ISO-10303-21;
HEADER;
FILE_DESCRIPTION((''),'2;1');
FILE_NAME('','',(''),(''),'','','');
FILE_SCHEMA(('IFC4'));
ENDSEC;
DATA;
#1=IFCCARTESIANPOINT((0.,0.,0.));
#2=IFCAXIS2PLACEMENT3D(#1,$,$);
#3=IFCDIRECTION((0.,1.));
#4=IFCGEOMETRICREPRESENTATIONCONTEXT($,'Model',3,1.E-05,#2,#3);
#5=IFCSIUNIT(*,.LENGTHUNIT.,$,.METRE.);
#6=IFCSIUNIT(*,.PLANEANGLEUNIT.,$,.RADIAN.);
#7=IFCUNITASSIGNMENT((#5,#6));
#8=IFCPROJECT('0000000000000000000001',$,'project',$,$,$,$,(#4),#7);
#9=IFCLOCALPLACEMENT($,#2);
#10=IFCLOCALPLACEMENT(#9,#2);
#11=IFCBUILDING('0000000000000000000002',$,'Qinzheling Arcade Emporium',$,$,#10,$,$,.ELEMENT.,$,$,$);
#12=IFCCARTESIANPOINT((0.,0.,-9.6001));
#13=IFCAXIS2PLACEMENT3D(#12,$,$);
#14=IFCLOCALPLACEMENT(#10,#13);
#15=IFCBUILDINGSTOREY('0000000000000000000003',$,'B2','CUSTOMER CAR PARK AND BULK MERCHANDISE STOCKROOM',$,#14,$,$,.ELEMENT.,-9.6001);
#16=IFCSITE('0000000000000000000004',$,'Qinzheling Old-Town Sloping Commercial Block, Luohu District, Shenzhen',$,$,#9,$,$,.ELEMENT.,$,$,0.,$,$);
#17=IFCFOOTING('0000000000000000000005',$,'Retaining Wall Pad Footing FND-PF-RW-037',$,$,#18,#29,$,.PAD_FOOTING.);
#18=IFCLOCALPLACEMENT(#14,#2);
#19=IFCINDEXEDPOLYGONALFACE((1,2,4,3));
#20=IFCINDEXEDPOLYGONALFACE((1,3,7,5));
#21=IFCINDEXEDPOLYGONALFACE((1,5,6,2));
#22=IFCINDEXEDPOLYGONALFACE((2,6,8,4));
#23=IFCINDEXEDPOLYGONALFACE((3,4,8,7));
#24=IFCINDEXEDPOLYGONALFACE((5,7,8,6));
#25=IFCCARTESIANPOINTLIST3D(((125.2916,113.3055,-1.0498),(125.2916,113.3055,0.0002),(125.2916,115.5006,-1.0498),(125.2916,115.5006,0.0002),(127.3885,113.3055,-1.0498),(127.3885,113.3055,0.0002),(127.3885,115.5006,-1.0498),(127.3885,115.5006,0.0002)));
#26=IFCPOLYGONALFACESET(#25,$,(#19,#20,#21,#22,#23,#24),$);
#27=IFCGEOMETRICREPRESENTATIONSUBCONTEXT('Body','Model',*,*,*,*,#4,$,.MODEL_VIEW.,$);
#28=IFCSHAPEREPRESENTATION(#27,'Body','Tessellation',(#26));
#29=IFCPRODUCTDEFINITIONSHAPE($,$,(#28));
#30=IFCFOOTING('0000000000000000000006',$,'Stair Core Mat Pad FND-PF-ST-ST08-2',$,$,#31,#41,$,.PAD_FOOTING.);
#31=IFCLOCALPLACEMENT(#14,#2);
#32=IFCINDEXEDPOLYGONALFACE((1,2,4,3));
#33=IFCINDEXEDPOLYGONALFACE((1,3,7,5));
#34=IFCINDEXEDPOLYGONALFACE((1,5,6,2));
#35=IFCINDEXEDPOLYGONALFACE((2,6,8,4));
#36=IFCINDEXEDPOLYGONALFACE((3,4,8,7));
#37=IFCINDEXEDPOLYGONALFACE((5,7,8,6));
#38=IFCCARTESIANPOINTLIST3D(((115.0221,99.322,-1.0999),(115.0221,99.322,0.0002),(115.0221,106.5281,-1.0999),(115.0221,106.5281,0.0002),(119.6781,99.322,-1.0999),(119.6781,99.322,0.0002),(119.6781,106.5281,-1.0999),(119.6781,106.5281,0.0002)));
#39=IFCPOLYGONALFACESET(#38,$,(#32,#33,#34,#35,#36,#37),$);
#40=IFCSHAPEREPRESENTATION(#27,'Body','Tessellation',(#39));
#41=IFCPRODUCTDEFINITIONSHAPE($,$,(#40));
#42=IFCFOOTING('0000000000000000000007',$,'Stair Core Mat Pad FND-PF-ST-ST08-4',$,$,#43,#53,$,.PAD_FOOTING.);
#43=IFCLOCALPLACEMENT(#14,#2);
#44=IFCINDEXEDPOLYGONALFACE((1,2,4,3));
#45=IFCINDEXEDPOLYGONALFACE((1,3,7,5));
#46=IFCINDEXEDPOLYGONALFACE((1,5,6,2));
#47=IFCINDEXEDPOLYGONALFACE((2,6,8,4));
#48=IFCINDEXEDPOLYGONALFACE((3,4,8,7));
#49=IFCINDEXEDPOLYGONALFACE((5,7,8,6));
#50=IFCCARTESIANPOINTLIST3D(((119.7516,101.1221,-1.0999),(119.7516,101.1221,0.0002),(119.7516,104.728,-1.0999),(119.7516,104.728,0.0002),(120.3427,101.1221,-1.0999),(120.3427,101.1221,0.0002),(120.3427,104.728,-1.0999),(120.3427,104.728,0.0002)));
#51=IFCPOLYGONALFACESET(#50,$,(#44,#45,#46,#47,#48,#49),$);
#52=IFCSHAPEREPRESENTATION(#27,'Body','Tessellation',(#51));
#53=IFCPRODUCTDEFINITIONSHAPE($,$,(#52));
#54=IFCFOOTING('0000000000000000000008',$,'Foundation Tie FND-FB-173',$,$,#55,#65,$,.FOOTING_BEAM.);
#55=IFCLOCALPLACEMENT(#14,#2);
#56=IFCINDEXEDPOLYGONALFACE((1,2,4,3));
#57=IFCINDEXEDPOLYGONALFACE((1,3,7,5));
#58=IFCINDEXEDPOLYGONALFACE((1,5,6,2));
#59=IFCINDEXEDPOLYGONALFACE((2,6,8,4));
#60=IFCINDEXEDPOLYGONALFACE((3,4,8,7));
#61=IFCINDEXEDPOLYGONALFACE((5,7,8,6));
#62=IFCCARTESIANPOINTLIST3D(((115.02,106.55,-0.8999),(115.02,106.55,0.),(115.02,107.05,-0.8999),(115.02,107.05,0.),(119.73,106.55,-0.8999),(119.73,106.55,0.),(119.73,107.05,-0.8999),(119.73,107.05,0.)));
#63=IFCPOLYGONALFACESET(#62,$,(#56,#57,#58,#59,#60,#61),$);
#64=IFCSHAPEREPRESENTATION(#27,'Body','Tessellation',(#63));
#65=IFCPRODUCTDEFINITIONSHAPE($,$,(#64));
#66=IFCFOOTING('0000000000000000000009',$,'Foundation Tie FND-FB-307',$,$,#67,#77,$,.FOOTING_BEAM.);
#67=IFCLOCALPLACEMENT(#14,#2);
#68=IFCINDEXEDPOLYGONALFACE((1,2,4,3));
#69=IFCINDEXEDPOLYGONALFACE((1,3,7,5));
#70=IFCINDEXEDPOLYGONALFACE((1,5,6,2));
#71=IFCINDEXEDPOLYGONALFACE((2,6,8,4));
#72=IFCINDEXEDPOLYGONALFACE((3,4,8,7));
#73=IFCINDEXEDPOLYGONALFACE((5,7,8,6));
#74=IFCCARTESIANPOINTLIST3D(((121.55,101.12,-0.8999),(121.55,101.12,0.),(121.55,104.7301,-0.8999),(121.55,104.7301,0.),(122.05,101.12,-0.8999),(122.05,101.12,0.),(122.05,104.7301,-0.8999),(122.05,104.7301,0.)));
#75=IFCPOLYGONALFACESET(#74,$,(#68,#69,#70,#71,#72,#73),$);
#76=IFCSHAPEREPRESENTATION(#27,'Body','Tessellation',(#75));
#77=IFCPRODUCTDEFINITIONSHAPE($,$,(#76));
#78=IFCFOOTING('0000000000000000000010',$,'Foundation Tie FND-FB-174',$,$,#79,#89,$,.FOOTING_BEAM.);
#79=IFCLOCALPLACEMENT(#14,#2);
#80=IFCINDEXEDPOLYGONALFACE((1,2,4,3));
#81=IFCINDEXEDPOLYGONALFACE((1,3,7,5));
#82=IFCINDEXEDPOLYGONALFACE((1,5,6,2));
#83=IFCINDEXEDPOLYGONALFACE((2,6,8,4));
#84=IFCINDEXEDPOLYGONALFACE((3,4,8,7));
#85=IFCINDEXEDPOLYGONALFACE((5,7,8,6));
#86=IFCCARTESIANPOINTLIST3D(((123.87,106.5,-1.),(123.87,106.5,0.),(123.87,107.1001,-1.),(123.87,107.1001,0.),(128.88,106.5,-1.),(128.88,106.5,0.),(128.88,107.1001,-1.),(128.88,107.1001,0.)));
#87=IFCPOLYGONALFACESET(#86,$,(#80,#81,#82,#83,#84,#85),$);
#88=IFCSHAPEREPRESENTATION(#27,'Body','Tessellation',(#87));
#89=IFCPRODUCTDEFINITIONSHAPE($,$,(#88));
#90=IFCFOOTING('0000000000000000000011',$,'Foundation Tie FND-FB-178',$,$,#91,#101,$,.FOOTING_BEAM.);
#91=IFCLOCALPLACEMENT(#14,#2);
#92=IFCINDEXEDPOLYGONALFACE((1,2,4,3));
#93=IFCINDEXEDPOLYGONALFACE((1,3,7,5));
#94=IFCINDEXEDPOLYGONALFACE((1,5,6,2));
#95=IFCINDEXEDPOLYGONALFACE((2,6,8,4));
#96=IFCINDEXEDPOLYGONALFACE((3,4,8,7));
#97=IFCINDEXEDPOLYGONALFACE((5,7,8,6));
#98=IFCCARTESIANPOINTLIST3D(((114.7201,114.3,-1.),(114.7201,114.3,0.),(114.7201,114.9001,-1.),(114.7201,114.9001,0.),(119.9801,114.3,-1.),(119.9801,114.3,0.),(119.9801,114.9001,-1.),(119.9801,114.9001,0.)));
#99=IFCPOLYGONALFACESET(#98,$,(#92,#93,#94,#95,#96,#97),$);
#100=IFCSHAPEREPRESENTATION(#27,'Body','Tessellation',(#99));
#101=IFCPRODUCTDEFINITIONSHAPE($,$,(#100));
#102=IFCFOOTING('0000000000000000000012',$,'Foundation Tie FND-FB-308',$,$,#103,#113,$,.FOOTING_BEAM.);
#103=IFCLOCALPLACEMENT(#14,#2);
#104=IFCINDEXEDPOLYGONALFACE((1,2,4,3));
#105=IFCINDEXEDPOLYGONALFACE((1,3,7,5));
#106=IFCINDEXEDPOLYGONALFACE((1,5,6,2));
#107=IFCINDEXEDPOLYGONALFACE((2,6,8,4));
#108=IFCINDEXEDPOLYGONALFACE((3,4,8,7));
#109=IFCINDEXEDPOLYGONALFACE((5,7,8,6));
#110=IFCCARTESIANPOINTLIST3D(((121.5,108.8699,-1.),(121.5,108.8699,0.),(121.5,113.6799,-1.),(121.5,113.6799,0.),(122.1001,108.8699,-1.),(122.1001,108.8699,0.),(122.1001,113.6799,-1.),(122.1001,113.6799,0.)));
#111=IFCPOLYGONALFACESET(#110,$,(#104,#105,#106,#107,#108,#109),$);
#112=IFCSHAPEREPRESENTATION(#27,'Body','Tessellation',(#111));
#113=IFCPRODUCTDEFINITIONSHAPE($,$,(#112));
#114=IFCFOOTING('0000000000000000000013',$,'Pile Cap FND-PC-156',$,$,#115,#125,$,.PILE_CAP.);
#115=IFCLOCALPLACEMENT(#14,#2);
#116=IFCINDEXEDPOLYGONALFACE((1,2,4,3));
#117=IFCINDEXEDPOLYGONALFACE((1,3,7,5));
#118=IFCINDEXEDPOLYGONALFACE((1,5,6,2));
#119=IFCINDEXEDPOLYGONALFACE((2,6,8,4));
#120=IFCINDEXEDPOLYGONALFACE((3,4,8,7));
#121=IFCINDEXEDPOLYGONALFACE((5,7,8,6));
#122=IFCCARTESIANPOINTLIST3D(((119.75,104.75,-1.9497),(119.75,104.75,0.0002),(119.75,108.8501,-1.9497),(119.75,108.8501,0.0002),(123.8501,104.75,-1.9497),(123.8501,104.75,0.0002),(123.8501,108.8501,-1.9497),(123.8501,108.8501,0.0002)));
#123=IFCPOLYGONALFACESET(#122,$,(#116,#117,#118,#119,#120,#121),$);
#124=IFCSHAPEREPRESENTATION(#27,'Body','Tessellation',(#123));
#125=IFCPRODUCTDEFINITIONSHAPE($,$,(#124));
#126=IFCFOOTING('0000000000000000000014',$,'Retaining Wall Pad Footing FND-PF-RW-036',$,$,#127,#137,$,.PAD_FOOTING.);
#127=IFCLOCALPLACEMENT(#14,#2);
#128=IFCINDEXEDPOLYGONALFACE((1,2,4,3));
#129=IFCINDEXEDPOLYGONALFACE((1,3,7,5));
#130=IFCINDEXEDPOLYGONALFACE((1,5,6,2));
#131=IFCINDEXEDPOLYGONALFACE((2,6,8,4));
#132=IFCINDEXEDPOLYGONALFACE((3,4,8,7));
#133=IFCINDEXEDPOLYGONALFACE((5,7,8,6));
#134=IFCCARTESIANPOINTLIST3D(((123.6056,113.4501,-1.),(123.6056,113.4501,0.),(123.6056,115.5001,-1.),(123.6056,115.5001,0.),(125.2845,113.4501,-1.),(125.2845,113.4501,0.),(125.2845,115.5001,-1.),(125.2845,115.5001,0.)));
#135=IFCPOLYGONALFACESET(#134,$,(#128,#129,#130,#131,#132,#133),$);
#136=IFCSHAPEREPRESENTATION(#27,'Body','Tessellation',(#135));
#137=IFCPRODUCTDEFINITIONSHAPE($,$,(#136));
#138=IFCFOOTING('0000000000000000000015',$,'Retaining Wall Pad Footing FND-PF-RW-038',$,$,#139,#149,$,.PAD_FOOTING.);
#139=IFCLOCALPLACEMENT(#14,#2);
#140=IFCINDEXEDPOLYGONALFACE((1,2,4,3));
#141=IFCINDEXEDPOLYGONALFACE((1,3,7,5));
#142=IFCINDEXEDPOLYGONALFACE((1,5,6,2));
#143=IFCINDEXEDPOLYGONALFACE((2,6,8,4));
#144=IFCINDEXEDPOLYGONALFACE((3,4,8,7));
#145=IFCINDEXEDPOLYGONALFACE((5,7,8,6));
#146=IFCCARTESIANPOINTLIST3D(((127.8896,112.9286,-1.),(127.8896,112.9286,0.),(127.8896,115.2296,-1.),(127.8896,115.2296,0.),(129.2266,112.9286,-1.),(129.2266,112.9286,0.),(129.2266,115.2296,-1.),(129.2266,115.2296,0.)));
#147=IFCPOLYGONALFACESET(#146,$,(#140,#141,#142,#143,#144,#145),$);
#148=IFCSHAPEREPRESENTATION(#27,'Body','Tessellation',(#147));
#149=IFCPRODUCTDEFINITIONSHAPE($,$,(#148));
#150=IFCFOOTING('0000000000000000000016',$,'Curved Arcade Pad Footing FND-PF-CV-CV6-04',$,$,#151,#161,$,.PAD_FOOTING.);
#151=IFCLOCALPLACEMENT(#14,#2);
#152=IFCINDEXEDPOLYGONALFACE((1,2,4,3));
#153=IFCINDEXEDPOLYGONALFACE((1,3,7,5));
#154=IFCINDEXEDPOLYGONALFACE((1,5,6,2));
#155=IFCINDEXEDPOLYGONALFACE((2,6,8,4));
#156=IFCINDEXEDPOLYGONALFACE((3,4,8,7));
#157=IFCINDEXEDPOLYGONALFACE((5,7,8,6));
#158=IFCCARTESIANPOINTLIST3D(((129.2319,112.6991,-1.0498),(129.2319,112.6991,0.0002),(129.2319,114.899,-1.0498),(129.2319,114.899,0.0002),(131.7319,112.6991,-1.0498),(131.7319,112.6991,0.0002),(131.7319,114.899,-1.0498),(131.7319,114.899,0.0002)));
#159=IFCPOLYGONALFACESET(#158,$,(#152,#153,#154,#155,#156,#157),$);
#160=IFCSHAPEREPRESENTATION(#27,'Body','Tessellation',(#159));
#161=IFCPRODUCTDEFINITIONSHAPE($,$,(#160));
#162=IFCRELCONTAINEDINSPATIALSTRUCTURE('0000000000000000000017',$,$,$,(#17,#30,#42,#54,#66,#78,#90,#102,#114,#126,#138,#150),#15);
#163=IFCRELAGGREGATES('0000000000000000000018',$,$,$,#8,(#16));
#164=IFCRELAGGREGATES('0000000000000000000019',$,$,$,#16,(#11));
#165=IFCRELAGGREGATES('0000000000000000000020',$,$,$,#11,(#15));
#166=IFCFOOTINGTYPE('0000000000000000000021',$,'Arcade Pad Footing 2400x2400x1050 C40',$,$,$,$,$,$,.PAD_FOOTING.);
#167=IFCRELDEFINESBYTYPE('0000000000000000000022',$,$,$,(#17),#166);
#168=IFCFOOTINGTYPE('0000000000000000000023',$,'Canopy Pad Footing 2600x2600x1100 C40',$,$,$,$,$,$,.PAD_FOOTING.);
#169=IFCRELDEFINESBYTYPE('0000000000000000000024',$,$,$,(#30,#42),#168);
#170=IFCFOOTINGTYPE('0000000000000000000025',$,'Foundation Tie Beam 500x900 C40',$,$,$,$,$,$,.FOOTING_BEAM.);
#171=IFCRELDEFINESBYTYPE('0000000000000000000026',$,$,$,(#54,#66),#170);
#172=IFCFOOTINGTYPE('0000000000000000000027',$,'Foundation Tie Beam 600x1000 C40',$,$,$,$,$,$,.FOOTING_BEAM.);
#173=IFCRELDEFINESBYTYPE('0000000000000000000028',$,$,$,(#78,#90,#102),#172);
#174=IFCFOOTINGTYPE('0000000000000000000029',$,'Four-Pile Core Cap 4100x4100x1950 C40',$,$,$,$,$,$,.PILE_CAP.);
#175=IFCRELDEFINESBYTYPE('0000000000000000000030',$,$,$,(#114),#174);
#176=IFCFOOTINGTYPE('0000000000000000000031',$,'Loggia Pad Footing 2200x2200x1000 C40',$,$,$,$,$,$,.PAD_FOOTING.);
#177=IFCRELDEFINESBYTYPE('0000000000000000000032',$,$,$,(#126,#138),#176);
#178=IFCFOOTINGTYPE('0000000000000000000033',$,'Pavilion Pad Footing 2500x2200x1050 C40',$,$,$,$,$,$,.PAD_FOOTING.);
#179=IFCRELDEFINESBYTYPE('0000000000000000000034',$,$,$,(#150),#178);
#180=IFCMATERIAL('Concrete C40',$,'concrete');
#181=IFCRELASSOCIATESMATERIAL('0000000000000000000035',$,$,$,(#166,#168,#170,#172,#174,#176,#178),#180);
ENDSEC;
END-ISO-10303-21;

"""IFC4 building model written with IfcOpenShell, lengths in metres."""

from ifc_helpers import new_model, si_unit, direction, frame, origin, origin_2d, place, context, subcontext, project, spatial, rectangle, extrude, material, type_object, element, save


model = new_model("IFC4")

# Units and contexts
model_context = context("Model", 3, precision=1e-05, world=origin(), true_north=direction((0.0, 1.0)))
body_context = subcontext(model_context, "Body", "Model", "MODEL_VIEW")
ifc_project = project(units=[si_unit("LENGTHUNIT", "METRE"), si_unit("PLANEANGLEUNIT", "RADIAN")], contexts=[model_context])

# Site, building, storey
site_placement = place(None, origin())
site = spatial("IfcSite", under=ifc_project, at=site_placement, Name="Qinzheling Old-Town Sloping Commercial Block, Luohu District, Shenzhen", CompositionType="ELEMENT", RefElevation=0.0)
building_placement = place(site_placement, origin())
building = spatial("IfcBuilding", under=site, at=building_placement, Name="Qinzheling Arcade Emporium", CompositionType="ELEMENT")
storey_placement = place(building_placement, frame((0.0, 0.0, -9.6001)))
storey = spatial("IfcBuildingStorey", under=building, at=storey_placement, Name="B2", Description="CUSTOMER CAR PARK AND BULK MERCHANDISE STOCKROOM", CompositionType="ELEMENT", Elevation=-9.6001)

# Footings
ifc_material_1 = material(Name="Concrete C40", Category="concrete")
footing_type_1 = type_object("IfcFootingType", Name="Arcade Pad Footing 2400x2400x1050 C40", PredefinedType="PAD_FOOTING", material=ifc_material_1)
footing_1_placement = place(storey_placement, frame((126.3401, 114.4031, -1.0498), z_axis=(0.0, 0.0, 1.0), x_axis=(1.0, 0.0, 0.0)))
element("IfcFooting", 1, at=footing_1_placement, inside=storey, type_object=footing_type_1, Name="Retaining Wall Pad Footing FND-PF-RW-037", PredefinedType="PAD_FOOTING", context=body_context, shape_type="SweptSolid", body=[
    extrude(rectangle(XDim=2.0969, YDim=2.1951, at=origin_2d()), origin(), (0.0, 0.0, 1.0), 1.05),
])
footing_type_2 = type_object("IfcFootingType", Name="Canopy Pad Footing 2600x2600x1100 C40", PredefinedType="PAD_FOOTING", material=ifc_material_1)
footing_2_placement = place(storey_placement, frame((117.3501, 102.925, -1.0999), z_axis=(0.0, 0.0, 1.0), x_axis=(1.0, 0.0, 0.0)))
element("IfcFooting", 2, at=footing_2_placement, inside=storey, type_object=footing_type_2, Name="Stair Core Mat Pad FND-PF-ST-ST08-2", PredefinedType="PAD_FOOTING", context=body_context, shape_type="SweptSolid", body=[
    extrude(rectangle(XDim=4.656, YDim=7.2061, at=origin_2d()), origin(), (0.0, 0.0, 1.0), 1.1001),
])
footing_3_placement = place(storey_placement, frame((120.0471, 102.925, -1.0999), z_axis=(0.0, 0.0, 1.0), x_axis=(1.0, 0.0, 0.0)))
element("IfcFooting", 3, at=footing_3_placement, inside=storey, type_object=footing_type_2, Name="Stair Core Mat Pad FND-PF-ST-ST08-4", PredefinedType="PAD_FOOTING", context=body_context, shape_type="SweptSolid", body=[
    extrude(rectangle(XDim=0.5911, YDim=3.606, at=origin_2d()), origin(), (0.0, 0.0, 1.0), 1.1001),
])
footing_type_3 = type_object("IfcFootingType", Name="Foundation Tie Beam 500x900 C40", PredefinedType="FOOTING_BEAM", material=ifc_material_1)
footing_4_placement = place(storey_placement, frame((117.375, 106.8, -0.8999), z_axis=(0.0, 0.0, 1.0), x_axis=(1.0, 0.0, 0.0)))
element("IfcFooting", 4, at=footing_4_placement, inside=storey, type_object=footing_type_3, Name="Foundation Tie FND-FB-173", PredefinedType="FOOTING_BEAM", context=body_context, shape_type="SweptSolid", body=[
    extrude(rectangle(XDim=4.71, YDim=0.5, at=origin_2d()), origin(), (0.0, 0.0, 1.0), 0.8999),
])
footing_5_placement = place(storey_placement, frame((121.8, 102.925, -0.8999), z_axis=(0.0, 0.0, 1.0), x_axis=(1.0, 0.0, 0.0)))
element("IfcFooting", 5, at=footing_5_placement, inside=storey, type_object=footing_type_3, Name="Foundation Tie FND-FB-307", PredefinedType="FOOTING_BEAM", context=body_context, shape_type="SweptSolid", body=[
    extrude(rectangle(XDim=0.5, YDim=3.6101, at=origin_2d()), origin(), (0.0, 0.0, 1.0), 0.8999),
])
footing_type_4 = type_object("IfcFootingType", Name="Foundation Tie Beam 600x1000 C40", PredefinedType="FOOTING_BEAM", material=ifc_material_1)
footing_6_placement = place(storey_placement, frame((126.375, 106.8, -1.0), z_axis=(0.0, 0.0, 1.0), x_axis=(1.0, 0.0, 0.0)))
element("IfcFooting", 6, at=footing_6_placement, inside=storey, type_object=footing_type_4, Name="Foundation Tie FND-FB-174", PredefinedType="FOOTING_BEAM", context=body_context, shape_type="SweptSolid", body=[
    extrude(rectangle(XDim=5.01, YDim=0.6001, at=origin_2d()), origin(), (0.0, 0.0, 1.0), 1.0),
])
footing_7_placement = place(storey_placement, frame((117.3501, 114.6001, -1.0), z_axis=(0.0, 0.0, 1.0), x_axis=(1.0, 0.0, 0.0)))
element("IfcFooting", 7, at=footing_7_placement, inside=storey, type_object=footing_type_4, Name="Foundation Tie FND-FB-178", PredefinedType="FOOTING_BEAM", context=body_context, shape_type="SweptSolid", body=[
    extrude(rectangle(XDim=5.26, YDim=0.6001, at=origin_2d()), origin(), (0.0, 0.0, 1.0), 1.0),
])
footing_8_placement = place(storey_placement, frame((121.8, 111.2749, -1.0), z_axis=(0.0, 0.0, 1.0), x_axis=(1.0, 0.0, 0.0)))
element("IfcFooting", 8, at=footing_8_placement, inside=storey, type_object=footing_type_4, Name="Foundation Tie FND-FB-308", PredefinedType="FOOTING_BEAM", context=body_context, shape_type="SweptSolid", body=[
    extrude(rectangle(XDim=0.6001, YDim=4.8101, at=origin_2d()), origin(), (0.0, 0.0, 1.0), 1.0),
])
footing_type_5 = type_object("IfcFootingType", Name="Four-Pile Core Cap 4100x4100x1950 C40", PredefinedType="PILE_CAP", material=ifc_material_1)
footing_9_placement = place(storey_placement, frame((121.8, 106.8, -1.9497), z_axis=(0.0, 0.0, 1.0), x_axis=(1.0, 0.0, 0.0)))
element("IfcFooting", 9, at=footing_9_placement, inside=storey, type_object=footing_type_5, Name="Pile Cap FND-PC-156", PredefinedType="PILE_CAP", context=body_context, shape_type="SweptSolid", body=[
    extrude(rectangle(XDim=4.1001, YDim=4.1001, at=origin_2d()), origin(), (0.0, 0.0, 1.0), 1.95),
])
footing_type_6 = type_object("IfcFootingType", Name="Loggia Pad Footing 2200x2200x1000 C40", PredefinedType="PAD_FOOTING", material=ifc_material_1)
footing_10_placement = place(storey_placement, frame((124.4451, 114.4751, -1.0), z_axis=(0.0, 0.0, 1.0), x_axis=(1.0, 0.0, 0.0)))
element("IfcFooting", 10, at=footing_10_placement, inside=storey, type_object=footing_type_6, Name="Retaining Wall Pad Footing FND-PF-RW-036", PredefinedType="PAD_FOOTING", context=body_context, shape_type="SweptSolid", body=[
    extrude(rectangle(XDim=1.679, YDim=2.05, at=origin_2d()), origin(), (0.0, 0.0, 1.0), 1.0),
])
footing_11_placement = place(storey_placement, frame((128.5581, 114.0791, -1.0), z_axis=(0.0, 0.0, 1.0), x_axis=(1.0, 0.0, 0.0)))
element("IfcFooting", 11, at=footing_11_placement, inside=storey, type_object=footing_type_6, Name="Retaining Wall Pad Footing FND-PF-RW-038", PredefinedType="PAD_FOOTING", context=body_context, shape_type="SweptSolid", body=[
    extrude(rectangle(XDim=1.3369, YDim=2.301, at=origin_2d()), origin(), (0.0, 0.0, 1.0), 1.0),
])
footing_type_7 = type_object("IfcFootingType", Name="Pavilion Pad Footing 2500x2200x1050 C40", PredefinedType="PAD_FOOTING", material=ifc_material_1)
footing_12_placement = place(storey_placement, frame((130.4819, 113.7991, -1.0498), z_axis=(0.0, 0.0, 1.0), x_axis=(1.0, 0.0, 0.0)))
element("IfcFooting", 12, at=footing_12_placement, inside=storey, type_object=footing_type_7, Name="Curved Arcade Pad Footing FND-PF-CV-CV6-04", PredefinedType="PAD_FOOTING", context=body_context, shape_type="SweptSolid", body=[
    extrude(rectangle(XDim=2.5, YDim=2.2, at=origin_2d()), origin(), (0.0, 0.0, 1.0), 1.05),
])

save(model, "model.ifc")
